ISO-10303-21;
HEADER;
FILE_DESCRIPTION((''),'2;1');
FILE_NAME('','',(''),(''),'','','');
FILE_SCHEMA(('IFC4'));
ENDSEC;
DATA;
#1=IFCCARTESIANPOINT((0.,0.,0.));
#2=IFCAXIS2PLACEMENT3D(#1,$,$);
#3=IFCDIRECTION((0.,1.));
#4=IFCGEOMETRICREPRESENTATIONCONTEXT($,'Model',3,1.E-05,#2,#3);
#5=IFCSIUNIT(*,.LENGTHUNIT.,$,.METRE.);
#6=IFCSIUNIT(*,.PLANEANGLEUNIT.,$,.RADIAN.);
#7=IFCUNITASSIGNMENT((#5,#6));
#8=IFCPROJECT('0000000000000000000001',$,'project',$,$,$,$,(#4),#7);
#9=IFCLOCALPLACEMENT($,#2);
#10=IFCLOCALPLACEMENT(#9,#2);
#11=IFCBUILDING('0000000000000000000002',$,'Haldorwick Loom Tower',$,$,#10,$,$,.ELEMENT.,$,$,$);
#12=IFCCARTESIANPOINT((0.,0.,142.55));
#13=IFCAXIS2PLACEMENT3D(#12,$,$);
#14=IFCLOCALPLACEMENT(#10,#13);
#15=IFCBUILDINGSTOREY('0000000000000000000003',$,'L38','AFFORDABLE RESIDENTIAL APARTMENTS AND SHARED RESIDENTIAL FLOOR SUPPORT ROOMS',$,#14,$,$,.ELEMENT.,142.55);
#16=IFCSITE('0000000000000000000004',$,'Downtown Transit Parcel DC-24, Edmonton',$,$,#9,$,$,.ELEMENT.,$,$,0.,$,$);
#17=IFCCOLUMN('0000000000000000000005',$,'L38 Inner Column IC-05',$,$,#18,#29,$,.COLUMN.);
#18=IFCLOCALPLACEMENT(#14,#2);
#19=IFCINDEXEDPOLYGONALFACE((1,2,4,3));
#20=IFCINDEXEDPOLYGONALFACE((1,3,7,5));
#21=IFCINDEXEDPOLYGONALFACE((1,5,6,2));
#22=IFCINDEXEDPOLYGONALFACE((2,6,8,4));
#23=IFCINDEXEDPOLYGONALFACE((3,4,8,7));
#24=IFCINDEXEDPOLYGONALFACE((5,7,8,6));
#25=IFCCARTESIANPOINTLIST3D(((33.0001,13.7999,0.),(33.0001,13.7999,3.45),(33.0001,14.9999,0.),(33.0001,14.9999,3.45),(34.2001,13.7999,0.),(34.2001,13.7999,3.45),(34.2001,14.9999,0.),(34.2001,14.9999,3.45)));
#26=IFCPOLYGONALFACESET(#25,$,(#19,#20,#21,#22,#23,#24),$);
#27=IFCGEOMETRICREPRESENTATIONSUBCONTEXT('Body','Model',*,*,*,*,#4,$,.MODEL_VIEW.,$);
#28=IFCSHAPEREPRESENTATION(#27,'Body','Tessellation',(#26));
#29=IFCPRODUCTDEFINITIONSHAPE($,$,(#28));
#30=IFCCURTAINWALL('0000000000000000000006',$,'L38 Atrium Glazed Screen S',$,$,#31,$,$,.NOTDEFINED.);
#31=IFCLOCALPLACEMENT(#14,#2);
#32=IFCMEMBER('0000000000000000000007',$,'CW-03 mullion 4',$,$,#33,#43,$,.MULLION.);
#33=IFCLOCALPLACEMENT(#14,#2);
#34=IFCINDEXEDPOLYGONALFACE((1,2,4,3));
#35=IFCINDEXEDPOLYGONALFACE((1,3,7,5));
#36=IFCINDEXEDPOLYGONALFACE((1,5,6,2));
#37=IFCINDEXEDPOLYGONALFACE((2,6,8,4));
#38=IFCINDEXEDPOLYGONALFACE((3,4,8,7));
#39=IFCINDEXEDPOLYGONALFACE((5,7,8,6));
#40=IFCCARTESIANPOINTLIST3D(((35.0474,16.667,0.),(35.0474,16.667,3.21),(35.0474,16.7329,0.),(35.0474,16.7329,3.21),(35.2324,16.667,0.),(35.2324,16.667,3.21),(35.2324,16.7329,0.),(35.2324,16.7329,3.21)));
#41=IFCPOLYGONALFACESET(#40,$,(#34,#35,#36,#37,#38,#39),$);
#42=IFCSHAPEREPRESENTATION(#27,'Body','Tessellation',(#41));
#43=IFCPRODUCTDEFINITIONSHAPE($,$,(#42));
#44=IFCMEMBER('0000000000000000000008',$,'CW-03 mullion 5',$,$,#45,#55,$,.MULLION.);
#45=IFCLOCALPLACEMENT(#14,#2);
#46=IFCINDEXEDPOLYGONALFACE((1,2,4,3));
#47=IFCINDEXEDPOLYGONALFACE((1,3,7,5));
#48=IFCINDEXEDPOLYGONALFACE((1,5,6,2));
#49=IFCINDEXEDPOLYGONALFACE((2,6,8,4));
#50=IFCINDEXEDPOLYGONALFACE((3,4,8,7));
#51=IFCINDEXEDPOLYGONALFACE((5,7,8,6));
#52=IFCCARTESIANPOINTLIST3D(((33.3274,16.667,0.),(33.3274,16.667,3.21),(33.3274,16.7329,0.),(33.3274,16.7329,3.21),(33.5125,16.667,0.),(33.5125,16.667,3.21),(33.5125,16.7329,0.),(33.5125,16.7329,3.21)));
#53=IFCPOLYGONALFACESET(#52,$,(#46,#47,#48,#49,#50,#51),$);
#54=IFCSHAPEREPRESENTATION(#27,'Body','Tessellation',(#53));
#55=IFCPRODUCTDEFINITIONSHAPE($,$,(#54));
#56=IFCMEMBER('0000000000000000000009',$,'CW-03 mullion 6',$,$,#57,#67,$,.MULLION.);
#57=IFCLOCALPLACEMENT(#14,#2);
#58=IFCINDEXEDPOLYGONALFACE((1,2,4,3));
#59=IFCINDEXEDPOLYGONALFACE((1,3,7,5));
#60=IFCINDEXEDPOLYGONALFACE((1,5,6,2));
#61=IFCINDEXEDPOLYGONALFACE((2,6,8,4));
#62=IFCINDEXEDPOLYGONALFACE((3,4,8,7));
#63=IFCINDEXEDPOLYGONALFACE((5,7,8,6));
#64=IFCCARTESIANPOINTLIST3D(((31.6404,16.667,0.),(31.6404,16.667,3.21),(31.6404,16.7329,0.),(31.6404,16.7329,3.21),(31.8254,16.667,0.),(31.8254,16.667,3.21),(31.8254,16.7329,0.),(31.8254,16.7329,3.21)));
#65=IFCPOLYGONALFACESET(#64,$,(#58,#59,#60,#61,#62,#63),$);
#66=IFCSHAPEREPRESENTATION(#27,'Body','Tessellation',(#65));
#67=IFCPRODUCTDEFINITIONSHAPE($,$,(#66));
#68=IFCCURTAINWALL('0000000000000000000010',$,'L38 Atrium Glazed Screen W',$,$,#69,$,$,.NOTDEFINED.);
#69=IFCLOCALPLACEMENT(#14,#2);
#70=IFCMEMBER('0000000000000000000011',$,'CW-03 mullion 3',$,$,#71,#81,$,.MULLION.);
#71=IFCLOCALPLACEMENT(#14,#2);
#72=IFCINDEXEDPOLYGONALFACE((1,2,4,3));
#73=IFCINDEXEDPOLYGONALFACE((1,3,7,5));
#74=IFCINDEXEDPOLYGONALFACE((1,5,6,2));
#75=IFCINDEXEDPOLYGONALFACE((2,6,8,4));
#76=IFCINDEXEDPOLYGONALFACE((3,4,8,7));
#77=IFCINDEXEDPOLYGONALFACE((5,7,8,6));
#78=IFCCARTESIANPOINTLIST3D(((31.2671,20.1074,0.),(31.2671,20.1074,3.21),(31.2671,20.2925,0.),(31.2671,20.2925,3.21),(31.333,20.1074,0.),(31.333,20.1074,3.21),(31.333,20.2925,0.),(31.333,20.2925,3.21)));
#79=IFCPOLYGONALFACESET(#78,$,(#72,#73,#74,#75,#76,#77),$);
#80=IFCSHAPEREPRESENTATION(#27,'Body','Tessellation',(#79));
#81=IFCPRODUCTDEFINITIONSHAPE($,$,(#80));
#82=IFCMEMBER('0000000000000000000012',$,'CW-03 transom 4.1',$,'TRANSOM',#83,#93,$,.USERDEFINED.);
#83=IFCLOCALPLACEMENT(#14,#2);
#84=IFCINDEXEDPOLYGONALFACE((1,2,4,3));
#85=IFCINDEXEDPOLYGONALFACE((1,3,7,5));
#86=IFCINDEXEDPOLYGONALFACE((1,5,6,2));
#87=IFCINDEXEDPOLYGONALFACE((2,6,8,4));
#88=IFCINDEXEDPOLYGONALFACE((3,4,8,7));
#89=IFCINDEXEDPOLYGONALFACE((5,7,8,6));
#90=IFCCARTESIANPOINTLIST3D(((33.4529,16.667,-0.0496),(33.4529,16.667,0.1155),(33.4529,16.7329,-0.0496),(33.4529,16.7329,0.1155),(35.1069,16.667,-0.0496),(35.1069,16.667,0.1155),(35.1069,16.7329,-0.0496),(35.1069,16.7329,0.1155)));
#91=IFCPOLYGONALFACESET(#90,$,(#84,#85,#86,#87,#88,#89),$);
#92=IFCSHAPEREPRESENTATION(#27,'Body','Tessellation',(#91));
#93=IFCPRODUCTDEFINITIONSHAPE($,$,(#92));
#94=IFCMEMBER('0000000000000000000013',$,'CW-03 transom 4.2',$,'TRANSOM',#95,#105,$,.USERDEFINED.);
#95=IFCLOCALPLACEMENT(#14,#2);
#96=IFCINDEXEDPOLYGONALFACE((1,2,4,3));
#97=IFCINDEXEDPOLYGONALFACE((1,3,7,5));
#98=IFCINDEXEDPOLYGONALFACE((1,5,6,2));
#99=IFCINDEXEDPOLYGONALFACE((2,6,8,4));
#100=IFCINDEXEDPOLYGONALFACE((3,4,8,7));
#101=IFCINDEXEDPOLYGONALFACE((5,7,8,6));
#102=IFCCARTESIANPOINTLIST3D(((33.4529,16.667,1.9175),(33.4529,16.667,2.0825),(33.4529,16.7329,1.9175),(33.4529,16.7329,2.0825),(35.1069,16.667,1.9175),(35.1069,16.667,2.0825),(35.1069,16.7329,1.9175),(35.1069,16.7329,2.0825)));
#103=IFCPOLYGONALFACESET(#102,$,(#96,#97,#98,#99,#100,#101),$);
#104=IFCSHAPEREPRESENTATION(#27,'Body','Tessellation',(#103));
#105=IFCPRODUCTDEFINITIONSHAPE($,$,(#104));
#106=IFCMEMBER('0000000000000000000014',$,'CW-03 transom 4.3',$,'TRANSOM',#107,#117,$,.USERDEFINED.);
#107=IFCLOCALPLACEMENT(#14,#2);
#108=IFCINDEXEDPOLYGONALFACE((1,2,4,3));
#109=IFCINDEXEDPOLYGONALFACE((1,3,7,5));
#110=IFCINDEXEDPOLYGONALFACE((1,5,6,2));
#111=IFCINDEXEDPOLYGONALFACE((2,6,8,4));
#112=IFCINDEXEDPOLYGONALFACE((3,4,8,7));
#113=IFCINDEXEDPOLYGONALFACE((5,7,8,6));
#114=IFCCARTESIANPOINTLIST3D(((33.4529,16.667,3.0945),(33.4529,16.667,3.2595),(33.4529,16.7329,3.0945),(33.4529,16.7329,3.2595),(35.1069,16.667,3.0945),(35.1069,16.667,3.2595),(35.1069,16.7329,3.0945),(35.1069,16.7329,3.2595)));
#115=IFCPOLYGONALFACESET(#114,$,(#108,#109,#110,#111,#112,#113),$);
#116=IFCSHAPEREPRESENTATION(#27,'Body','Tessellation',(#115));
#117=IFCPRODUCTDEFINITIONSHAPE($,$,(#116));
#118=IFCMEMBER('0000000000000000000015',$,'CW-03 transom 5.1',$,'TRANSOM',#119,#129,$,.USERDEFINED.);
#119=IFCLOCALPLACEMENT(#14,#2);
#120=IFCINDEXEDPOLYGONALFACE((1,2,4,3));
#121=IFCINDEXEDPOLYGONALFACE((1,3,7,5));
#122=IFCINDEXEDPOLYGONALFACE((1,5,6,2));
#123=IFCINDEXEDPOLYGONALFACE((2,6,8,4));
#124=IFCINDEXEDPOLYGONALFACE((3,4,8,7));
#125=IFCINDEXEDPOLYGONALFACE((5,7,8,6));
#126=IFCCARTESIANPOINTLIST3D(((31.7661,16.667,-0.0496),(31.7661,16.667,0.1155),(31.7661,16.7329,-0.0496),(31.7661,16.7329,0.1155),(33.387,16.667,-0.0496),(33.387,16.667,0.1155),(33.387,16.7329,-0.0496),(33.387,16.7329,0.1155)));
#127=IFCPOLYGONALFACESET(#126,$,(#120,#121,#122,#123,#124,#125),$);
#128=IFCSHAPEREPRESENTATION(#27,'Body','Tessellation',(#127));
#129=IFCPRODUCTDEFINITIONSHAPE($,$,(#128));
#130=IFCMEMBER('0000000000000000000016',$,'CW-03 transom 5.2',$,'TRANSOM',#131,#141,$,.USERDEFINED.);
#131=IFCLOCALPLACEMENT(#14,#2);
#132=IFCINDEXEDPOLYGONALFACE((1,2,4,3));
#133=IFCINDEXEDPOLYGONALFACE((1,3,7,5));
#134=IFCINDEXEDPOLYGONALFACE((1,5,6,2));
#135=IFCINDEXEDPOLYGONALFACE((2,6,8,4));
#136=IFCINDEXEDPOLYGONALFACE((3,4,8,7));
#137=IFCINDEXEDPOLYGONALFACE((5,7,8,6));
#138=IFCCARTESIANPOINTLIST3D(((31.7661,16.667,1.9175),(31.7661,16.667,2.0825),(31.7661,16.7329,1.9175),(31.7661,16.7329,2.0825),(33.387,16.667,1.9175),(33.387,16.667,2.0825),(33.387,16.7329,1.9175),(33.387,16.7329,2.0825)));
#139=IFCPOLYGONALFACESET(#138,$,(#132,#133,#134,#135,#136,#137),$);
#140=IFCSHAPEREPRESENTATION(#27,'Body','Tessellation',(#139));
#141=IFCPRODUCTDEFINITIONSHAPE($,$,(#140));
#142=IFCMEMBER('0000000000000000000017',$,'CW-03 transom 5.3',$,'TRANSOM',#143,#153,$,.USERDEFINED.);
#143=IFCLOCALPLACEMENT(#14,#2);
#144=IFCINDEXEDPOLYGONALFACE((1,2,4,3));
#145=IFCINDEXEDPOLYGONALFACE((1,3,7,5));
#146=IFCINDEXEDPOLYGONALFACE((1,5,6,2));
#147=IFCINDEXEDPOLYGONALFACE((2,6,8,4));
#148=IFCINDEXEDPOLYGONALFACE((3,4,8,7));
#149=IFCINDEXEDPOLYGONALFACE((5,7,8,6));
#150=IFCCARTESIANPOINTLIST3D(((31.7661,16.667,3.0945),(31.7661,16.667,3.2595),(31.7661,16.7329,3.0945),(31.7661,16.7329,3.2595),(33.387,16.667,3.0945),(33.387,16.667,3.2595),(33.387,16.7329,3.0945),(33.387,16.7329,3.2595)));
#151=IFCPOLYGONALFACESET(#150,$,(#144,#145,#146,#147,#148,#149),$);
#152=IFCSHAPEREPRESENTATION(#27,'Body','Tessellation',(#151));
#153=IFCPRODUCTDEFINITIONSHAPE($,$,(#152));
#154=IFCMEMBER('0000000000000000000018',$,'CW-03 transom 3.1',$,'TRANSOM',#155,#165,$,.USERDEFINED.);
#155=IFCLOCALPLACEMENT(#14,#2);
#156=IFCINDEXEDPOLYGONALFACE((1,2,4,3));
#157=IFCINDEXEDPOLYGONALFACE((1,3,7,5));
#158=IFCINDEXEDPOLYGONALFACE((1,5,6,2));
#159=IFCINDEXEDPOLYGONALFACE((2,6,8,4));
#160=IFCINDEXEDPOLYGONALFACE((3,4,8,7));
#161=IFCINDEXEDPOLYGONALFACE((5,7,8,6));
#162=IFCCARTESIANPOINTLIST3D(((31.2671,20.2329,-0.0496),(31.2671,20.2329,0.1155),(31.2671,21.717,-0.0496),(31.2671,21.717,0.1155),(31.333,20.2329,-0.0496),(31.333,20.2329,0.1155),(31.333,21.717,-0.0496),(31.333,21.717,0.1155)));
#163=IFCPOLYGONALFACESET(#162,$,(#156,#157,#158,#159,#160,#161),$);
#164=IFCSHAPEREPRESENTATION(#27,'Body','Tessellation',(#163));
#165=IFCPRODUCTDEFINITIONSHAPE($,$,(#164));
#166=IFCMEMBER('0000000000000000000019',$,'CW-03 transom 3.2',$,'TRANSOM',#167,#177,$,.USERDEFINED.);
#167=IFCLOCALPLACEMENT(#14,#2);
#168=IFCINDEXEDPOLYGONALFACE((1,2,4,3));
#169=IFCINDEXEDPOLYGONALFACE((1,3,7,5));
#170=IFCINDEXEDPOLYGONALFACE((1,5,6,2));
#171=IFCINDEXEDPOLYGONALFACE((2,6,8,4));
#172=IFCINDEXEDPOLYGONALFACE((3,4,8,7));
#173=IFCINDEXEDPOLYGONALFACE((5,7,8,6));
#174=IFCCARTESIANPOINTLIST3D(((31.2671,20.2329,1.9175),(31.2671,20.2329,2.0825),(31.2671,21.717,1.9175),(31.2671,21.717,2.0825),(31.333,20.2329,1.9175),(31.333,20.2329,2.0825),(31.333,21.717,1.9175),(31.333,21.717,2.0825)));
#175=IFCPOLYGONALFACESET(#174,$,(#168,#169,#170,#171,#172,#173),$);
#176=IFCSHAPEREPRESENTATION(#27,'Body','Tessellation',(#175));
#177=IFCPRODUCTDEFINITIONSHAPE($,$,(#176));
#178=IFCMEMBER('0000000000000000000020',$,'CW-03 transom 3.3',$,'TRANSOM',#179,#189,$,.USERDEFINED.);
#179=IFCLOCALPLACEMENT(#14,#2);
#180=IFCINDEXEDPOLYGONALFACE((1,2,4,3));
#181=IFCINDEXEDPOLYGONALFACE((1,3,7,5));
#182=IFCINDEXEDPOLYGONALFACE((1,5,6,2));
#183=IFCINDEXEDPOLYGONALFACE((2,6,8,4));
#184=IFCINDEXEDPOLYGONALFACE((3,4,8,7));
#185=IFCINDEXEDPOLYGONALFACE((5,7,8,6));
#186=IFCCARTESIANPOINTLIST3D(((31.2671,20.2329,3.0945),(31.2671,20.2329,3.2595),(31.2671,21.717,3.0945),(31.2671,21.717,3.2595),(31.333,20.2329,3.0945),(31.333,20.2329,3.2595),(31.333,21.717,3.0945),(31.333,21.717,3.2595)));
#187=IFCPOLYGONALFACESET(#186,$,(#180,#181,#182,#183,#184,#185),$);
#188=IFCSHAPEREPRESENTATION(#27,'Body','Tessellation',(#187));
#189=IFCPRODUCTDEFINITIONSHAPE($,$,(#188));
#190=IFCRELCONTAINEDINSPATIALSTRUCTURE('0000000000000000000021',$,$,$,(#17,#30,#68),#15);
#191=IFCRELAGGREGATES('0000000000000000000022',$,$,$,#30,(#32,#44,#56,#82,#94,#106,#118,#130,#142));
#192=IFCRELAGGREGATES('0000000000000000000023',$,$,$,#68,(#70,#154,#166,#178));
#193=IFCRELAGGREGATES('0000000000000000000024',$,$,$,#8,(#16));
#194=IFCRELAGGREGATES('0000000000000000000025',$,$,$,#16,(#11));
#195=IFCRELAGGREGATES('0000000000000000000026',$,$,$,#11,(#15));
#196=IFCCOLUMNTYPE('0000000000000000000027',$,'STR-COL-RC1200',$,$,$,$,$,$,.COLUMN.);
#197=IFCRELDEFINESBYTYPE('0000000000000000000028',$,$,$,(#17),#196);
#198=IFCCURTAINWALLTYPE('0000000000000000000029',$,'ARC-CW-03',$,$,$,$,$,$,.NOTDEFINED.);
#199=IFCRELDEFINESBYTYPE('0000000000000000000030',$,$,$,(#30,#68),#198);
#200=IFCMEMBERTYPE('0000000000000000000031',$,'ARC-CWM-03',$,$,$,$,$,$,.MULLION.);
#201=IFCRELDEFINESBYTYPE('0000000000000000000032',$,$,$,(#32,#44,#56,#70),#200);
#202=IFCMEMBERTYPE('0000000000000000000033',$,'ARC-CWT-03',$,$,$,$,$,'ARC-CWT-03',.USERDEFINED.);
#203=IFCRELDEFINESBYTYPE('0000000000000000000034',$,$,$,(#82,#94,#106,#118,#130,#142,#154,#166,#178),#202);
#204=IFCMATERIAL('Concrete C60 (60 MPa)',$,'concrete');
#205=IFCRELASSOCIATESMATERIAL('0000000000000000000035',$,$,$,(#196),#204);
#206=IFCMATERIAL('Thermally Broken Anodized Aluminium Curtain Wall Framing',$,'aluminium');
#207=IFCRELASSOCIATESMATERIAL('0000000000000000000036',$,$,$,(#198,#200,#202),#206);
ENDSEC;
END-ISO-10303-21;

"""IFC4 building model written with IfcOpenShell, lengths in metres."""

from ifc_helpers import new_model, si_unit, direction, frame, origin, origin_2d, place, context, subcontext, project, spatial, rectangle, extrude, material, material_profile, profile_set, type_object, element, aggregate, save


model = new_model("IFC4")

# Units and contexts
model_context = context("Model", 3, precision=1e-05, world=origin(), true_north=direction((0.0, 1.0)))
body_context = subcontext(model_context, "Body", "Model", "MODEL_VIEW")
ifc_project = project(units=[si_unit("LENGTHUNIT", "METRE"), si_unit("PLANEANGLEUNIT", "RADIAN")], contexts=[model_context])

# Site, building, storey
site_placement = place(None, origin())
site = spatial("IfcSite", under=ifc_project, at=site_placement, Name="Downtown Transit Parcel DC-24, Edmonton", CompositionType="ELEMENT", RefElevation=0.0)
building_placement = place(site_placement, origin())
building = spatial("IfcBuilding", under=site, at=building_placement, Name="Haldorwick Loom Tower", CompositionType="ELEMENT")
storey_placement = place(building_placement, frame((0.0, 0.0, 142.55)))
storey = spatial("IfcBuildingStorey", under=building, at=storey_placement, Name="L38", Description="AFFORDABLE RESIDENTIAL APARTMENTS AND SHARED RESIDENTIAL FLOOR SUPPORT ROOMS", CompositionType="ELEMENT", Elevation=142.55)

# Column
ifc_material_1 = material(Name="Concrete C60 (60 MPa)", Category="concrete")
ifc_material_profile_1 = material_profile(ifc_material_1, rectangle(XDim=1.2, YDim=1.2, at=origin_2d()), Name="RC1200X1200", Category="concrete")
ifc_profile_set_1 = profile_set([ifc_material_profile_1], Name="Concrete C60 (60 MPa)")
column_type = type_object("IfcColumnType", Name="STR-COL-RC1200", PredefinedType="COLUMN", material=ifc_profile_set_1)
column_placement = place(storey_placement, frame((33.6001, 14.3999, 0.0), z_axis=(0.0, 0.0, 1.0), x_axis=(1.0, 0.0, 0.0)))
element("IfcColumn", 1, at=column_placement, inside=storey, type_object=column_type, Name="L38 Inner Column IC-05", PredefinedType="COLUMN", context=body_context, shape_type="SweptSolid", body=[
    extrude(rectangle(XDim=1.2, YDim=1.2, at=origin_2d()), origin(), (0.0, 0.0, 1.0), 3.45),
])

# Curtain wall, members
ifc_material_2 = material(Name="Thermally Broken Anodized Aluminium Curtain Wall Framing", Category="aluminium")
curtain_wall_type = type_object("IfcCurtainWallType", Name="ARC-CW-03", PredefinedType="NOTDEFINED", material=ifc_material_2)
curtain_wall_1_placement = place(storey_placement, origin())
curtain_wall_1 = element("IfcCurtainWall", 2, at=curtain_wall_1_placement, inside=storey, type_object=curtain_wall_type, Name="L38 Atrium Glazed Screen S", PredefinedType="NOTDEFINED")
ifc_material_profile_2 = material_profile(ifc_material_2, rectangle(XDim=0.0659, YDim=0.1851, at=origin_2d()), Name="ALU_MUL_66X185", Category="aluminium")
ifc_profile_set_2 = profile_set([ifc_material_profile_2], Name="Thermally Broken Anodized Aluminium Curtain Wall Framing")
member_type_1 = type_object("IfcMemberType", Name="ARC-CWM-03", PredefinedType="MULLION", material=ifc_profile_set_2)
member_1_placement = place(storey_placement, frame((35.1399, 16.7, 0.0), z_axis=(0.0, 0.0, 1.0), x_axis=(0.0, -1.0, 0.0)))
member_1 = element("IfcMember", 3, at=member_1_placement, type_object=member_type_1, Name="CW-03 mullion 4", PredefinedType="MULLION", context=body_context, shape_type="SweptSolid", body=[
    extrude(rectangle(XDim=0.0659, YDim=0.1851, at=origin_2d()), origin(), (0.0, 0.0, 1.0), 3.21),
])
member_2_placement = place(storey_placement, frame((33.4199, 16.7, 0.0), z_axis=(0.0, 0.0, 1.0), x_axis=(0.0, -1.0, 0.0)))
member_2 = element("IfcMember", 4, at=member_2_placement, type_object=member_type_1, Name="CW-03 mullion 5", PredefinedType="MULLION", context=body_context, shape_type="SweptSolid", body=[
    extrude(rectangle(XDim=0.0659, YDim=0.1851, at=origin_2d()), origin(), (0.0, 0.0, 1.0), 3.21),
])
member_3_placement = place(storey_placement, frame((31.7329, 16.7, 0.0), z_axis=(0.0, 0.0, 1.0), x_axis=(0.0, -1.0, 0.0)))
member_3 = element("IfcMember", 5, at=member_3_placement, type_object=member_type_1, Name="CW-03 mullion 6", PredefinedType="MULLION", context=body_context, shape_type="SweptSolid", body=[
    extrude(rectangle(XDim=0.0659, YDim=0.1851, at=origin_2d()), origin(), (0.0, 0.0, 1.0), 3.21),
])

# Curtain wall, member
curtain_wall_2_placement = place(storey_placement, origin())
curtain_wall_2 = element("IfcCurtainWall", 6, at=curtain_wall_2_placement, inside=storey, type_object=curtain_wall_type, Name="L38 Atrium Glazed Screen W", PredefinedType="NOTDEFINED")
member_4_placement = place(storey_placement, frame((31.3, 20.2, 0.0), z_axis=(0.0, 0.0, 1.0), x_axis=(-1.0, 0.0, 0.0)))
member_4 = element("IfcMember", 7, at=member_4_placement, type_object=member_type_1, Name="CW-03 mullion 3", PredefinedType="MULLION", context=body_context, shape_type="SweptSolid", body=[
    extrude(rectangle(XDim=0.0659, YDim=0.1851, at=origin_2d()), origin(), (0.0, 0.0, 1.0), 3.21),
])

# Members
ifc_material_profile_3 = material_profile(ifc_material_2, rectangle(XDim=0.0659, YDim=0.165, at=origin_2d()), Name="ALU_TRN_66X165", Category="aluminium")
ifc_profile_set_3 = profile_set([ifc_material_profile_3], Name="Thermally Broken Anodized Aluminium Curtain Wall Framing")
member_type_2 = type_object("IfcMemberType", Name="ARC-CWT-03", ElementType="ARC-CWT-03", PredefinedType="USERDEFINED", material=ifc_profile_set_3)
member_5_placement = place(storey_placement, frame((35.1069, 16.7, 0.033), z_axis=(-1.0, 0.0, 0.0), x_axis=(0.0, -1.0, 0.0)))
member_5 = element("IfcMember", 8, at=member_5_placement, type_object=member_type_2, Name="CW-03 transom 4.1", ObjectType="TRANSOM", PredefinedType="USERDEFINED", context=body_context, shape_type="SweptSolid", body=[
    extrude(rectangle(XDim=0.0659, YDim=0.165, at=origin_2d()), origin(), (0.0, 0.0, 1.0), 1.6541),
])
member_6_placement = place(storey_placement, frame((35.1069, 16.7, 2.0), z_axis=(-1.0, 0.0, 0.0), x_axis=(0.0, -1.0, 0.0)))
member_6 = element("IfcMember", 9, at=member_6_placement, type_object=member_type_2, Name="CW-03 transom 4.2", ObjectType="TRANSOM", PredefinedType="USERDEFINED", context=body_context, shape_type="SweptSolid", body=[
    extrude(rectangle(XDim=0.0659, YDim=0.165, at=origin_2d()), origin(), (0.0, 0.0, 1.0), 1.6541),
])
member_7_placement = place(storey_placement, frame((35.1069, 16.7, 3.177), z_axis=(-1.0, 0.0, 0.0), x_axis=(0.0, -1.0, 0.0)))
member_7 = element("IfcMember", 10, at=member_7_placement, type_object=member_type_2, Name="CW-03 transom 4.3", ObjectType="TRANSOM", PredefinedType="USERDEFINED", context=body_context, shape_type="SweptSolid", body=[
    extrude(rectangle(XDim=0.0659, YDim=0.165, at=origin_2d()), origin(), (0.0, 0.0, 1.0), 1.6541),
])
member_8_placement = place(storey_placement, frame((33.387, 16.7, 0.033), z_axis=(-1.0, 0.0, 0.0), x_axis=(0.0, -1.0, 0.0)))
member_8 = element("IfcMember", 11, at=member_8_placement, type_object=member_type_2, Name="CW-03 transom 5.1", ObjectType="TRANSOM", PredefinedType="USERDEFINED", context=body_context, shape_type="SweptSolid", body=[
    extrude(rectangle(XDim=0.0659, YDim=0.165, at=origin_2d()), origin(), (0.0, 0.0, 1.0), 1.6208),
])
member_9_placement = place(storey_placement, frame((33.387, 16.7, 2.0), z_axis=(-1.0, 0.0, 0.0), x_axis=(0.0, -1.0, 0.0)))
member_9 = element("IfcMember", 12, at=member_9_placement, type_object=member_type_2, Name="CW-03 transom 5.2", ObjectType="TRANSOM", PredefinedType="USERDEFINED", context=body_context, shape_type="SweptSolid", body=[
    extrude(rectangle(XDim=0.0659, YDim=0.165, at=origin_2d()), origin(), (0.0, 0.0, 1.0), 1.6208),
])
member_10_placement = place(storey_placement, frame((33.387, 16.7, 3.177), z_axis=(-1.0, 0.0, 0.0), x_axis=(0.0, -1.0, 0.0)))
member_10 = element("IfcMember", 13, at=member_10_placement, type_object=member_type_2, Name="CW-03 transom 5.3", ObjectType="TRANSOM", PredefinedType="USERDEFINED", context=body_context, shape_type="SweptSolid", body=[
    extrude(rectangle(XDim=0.0659, YDim=0.165, at=origin_2d()), origin(), (0.0, 0.0, 1.0), 1.6208),
])
member_11_placement = place(storey_placement, frame((31.3, 20.2329, 0.033), z_axis=(0.0, 1.0, 0.0), x_axis=(-1.0, 0.0, 0.0)))
member_11 = element("IfcMember", 14, at=member_11_placement, type_object=member_type_2, Name="CW-03 transom 3.1", ObjectType="TRANSOM", PredefinedType="USERDEFINED", context=body_context, shape_type="SweptSolid", body=[
    extrude(rectangle(XDim=0.0659, YDim=0.165, at=origin_2d()), origin(), (0.0, 0.0, 1.0), 1.4841),
])
member_12_placement = place(storey_placement, frame((31.3, 20.2329, 2.0), z_axis=(0.0, 1.0, 0.0), x_axis=(-1.0, 0.0, 0.0)))
member_12 = element("IfcMember", 15, at=member_12_placement, type_object=member_type_2, Name="CW-03 transom 3.2", ObjectType="TRANSOM", PredefinedType="USERDEFINED", context=body_context, shape_type="SweptSolid", body=[
    extrude(rectangle(XDim=0.0659, YDim=0.165, at=origin_2d()), origin(), (0.0, 0.0, 1.0), 1.4841),
])
member_13_placement = place(storey_placement, frame((31.3, 20.2329, 3.177), z_axis=(0.0, 1.0, 0.0), x_axis=(-1.0, 0.0, 0.0)))
member_13 = element("IfcMember", 16, at=member_13_placement, type_object=member_type_2, Name="CW-03 transom 3.3", ObjectType="TRANSOM", PredefinedType="USERDEFINED", context=body_context, shape_type="SweptSolid", body=[
    extrude(rectangle(XDim=0.0659, YDim=0.165, at=origin_2d()), origin(), (0.0, 0.0, 1.0), 1.4841),
])

aggregate(curtain_wall_1, [member_1, member_2, member_3, member_5, member_6, member_7, member_8, member_9, member_10])
aggregate(curtain_wall_2, [member_4, member_11, member_12, member_13])

save(model, "model.ifc")
